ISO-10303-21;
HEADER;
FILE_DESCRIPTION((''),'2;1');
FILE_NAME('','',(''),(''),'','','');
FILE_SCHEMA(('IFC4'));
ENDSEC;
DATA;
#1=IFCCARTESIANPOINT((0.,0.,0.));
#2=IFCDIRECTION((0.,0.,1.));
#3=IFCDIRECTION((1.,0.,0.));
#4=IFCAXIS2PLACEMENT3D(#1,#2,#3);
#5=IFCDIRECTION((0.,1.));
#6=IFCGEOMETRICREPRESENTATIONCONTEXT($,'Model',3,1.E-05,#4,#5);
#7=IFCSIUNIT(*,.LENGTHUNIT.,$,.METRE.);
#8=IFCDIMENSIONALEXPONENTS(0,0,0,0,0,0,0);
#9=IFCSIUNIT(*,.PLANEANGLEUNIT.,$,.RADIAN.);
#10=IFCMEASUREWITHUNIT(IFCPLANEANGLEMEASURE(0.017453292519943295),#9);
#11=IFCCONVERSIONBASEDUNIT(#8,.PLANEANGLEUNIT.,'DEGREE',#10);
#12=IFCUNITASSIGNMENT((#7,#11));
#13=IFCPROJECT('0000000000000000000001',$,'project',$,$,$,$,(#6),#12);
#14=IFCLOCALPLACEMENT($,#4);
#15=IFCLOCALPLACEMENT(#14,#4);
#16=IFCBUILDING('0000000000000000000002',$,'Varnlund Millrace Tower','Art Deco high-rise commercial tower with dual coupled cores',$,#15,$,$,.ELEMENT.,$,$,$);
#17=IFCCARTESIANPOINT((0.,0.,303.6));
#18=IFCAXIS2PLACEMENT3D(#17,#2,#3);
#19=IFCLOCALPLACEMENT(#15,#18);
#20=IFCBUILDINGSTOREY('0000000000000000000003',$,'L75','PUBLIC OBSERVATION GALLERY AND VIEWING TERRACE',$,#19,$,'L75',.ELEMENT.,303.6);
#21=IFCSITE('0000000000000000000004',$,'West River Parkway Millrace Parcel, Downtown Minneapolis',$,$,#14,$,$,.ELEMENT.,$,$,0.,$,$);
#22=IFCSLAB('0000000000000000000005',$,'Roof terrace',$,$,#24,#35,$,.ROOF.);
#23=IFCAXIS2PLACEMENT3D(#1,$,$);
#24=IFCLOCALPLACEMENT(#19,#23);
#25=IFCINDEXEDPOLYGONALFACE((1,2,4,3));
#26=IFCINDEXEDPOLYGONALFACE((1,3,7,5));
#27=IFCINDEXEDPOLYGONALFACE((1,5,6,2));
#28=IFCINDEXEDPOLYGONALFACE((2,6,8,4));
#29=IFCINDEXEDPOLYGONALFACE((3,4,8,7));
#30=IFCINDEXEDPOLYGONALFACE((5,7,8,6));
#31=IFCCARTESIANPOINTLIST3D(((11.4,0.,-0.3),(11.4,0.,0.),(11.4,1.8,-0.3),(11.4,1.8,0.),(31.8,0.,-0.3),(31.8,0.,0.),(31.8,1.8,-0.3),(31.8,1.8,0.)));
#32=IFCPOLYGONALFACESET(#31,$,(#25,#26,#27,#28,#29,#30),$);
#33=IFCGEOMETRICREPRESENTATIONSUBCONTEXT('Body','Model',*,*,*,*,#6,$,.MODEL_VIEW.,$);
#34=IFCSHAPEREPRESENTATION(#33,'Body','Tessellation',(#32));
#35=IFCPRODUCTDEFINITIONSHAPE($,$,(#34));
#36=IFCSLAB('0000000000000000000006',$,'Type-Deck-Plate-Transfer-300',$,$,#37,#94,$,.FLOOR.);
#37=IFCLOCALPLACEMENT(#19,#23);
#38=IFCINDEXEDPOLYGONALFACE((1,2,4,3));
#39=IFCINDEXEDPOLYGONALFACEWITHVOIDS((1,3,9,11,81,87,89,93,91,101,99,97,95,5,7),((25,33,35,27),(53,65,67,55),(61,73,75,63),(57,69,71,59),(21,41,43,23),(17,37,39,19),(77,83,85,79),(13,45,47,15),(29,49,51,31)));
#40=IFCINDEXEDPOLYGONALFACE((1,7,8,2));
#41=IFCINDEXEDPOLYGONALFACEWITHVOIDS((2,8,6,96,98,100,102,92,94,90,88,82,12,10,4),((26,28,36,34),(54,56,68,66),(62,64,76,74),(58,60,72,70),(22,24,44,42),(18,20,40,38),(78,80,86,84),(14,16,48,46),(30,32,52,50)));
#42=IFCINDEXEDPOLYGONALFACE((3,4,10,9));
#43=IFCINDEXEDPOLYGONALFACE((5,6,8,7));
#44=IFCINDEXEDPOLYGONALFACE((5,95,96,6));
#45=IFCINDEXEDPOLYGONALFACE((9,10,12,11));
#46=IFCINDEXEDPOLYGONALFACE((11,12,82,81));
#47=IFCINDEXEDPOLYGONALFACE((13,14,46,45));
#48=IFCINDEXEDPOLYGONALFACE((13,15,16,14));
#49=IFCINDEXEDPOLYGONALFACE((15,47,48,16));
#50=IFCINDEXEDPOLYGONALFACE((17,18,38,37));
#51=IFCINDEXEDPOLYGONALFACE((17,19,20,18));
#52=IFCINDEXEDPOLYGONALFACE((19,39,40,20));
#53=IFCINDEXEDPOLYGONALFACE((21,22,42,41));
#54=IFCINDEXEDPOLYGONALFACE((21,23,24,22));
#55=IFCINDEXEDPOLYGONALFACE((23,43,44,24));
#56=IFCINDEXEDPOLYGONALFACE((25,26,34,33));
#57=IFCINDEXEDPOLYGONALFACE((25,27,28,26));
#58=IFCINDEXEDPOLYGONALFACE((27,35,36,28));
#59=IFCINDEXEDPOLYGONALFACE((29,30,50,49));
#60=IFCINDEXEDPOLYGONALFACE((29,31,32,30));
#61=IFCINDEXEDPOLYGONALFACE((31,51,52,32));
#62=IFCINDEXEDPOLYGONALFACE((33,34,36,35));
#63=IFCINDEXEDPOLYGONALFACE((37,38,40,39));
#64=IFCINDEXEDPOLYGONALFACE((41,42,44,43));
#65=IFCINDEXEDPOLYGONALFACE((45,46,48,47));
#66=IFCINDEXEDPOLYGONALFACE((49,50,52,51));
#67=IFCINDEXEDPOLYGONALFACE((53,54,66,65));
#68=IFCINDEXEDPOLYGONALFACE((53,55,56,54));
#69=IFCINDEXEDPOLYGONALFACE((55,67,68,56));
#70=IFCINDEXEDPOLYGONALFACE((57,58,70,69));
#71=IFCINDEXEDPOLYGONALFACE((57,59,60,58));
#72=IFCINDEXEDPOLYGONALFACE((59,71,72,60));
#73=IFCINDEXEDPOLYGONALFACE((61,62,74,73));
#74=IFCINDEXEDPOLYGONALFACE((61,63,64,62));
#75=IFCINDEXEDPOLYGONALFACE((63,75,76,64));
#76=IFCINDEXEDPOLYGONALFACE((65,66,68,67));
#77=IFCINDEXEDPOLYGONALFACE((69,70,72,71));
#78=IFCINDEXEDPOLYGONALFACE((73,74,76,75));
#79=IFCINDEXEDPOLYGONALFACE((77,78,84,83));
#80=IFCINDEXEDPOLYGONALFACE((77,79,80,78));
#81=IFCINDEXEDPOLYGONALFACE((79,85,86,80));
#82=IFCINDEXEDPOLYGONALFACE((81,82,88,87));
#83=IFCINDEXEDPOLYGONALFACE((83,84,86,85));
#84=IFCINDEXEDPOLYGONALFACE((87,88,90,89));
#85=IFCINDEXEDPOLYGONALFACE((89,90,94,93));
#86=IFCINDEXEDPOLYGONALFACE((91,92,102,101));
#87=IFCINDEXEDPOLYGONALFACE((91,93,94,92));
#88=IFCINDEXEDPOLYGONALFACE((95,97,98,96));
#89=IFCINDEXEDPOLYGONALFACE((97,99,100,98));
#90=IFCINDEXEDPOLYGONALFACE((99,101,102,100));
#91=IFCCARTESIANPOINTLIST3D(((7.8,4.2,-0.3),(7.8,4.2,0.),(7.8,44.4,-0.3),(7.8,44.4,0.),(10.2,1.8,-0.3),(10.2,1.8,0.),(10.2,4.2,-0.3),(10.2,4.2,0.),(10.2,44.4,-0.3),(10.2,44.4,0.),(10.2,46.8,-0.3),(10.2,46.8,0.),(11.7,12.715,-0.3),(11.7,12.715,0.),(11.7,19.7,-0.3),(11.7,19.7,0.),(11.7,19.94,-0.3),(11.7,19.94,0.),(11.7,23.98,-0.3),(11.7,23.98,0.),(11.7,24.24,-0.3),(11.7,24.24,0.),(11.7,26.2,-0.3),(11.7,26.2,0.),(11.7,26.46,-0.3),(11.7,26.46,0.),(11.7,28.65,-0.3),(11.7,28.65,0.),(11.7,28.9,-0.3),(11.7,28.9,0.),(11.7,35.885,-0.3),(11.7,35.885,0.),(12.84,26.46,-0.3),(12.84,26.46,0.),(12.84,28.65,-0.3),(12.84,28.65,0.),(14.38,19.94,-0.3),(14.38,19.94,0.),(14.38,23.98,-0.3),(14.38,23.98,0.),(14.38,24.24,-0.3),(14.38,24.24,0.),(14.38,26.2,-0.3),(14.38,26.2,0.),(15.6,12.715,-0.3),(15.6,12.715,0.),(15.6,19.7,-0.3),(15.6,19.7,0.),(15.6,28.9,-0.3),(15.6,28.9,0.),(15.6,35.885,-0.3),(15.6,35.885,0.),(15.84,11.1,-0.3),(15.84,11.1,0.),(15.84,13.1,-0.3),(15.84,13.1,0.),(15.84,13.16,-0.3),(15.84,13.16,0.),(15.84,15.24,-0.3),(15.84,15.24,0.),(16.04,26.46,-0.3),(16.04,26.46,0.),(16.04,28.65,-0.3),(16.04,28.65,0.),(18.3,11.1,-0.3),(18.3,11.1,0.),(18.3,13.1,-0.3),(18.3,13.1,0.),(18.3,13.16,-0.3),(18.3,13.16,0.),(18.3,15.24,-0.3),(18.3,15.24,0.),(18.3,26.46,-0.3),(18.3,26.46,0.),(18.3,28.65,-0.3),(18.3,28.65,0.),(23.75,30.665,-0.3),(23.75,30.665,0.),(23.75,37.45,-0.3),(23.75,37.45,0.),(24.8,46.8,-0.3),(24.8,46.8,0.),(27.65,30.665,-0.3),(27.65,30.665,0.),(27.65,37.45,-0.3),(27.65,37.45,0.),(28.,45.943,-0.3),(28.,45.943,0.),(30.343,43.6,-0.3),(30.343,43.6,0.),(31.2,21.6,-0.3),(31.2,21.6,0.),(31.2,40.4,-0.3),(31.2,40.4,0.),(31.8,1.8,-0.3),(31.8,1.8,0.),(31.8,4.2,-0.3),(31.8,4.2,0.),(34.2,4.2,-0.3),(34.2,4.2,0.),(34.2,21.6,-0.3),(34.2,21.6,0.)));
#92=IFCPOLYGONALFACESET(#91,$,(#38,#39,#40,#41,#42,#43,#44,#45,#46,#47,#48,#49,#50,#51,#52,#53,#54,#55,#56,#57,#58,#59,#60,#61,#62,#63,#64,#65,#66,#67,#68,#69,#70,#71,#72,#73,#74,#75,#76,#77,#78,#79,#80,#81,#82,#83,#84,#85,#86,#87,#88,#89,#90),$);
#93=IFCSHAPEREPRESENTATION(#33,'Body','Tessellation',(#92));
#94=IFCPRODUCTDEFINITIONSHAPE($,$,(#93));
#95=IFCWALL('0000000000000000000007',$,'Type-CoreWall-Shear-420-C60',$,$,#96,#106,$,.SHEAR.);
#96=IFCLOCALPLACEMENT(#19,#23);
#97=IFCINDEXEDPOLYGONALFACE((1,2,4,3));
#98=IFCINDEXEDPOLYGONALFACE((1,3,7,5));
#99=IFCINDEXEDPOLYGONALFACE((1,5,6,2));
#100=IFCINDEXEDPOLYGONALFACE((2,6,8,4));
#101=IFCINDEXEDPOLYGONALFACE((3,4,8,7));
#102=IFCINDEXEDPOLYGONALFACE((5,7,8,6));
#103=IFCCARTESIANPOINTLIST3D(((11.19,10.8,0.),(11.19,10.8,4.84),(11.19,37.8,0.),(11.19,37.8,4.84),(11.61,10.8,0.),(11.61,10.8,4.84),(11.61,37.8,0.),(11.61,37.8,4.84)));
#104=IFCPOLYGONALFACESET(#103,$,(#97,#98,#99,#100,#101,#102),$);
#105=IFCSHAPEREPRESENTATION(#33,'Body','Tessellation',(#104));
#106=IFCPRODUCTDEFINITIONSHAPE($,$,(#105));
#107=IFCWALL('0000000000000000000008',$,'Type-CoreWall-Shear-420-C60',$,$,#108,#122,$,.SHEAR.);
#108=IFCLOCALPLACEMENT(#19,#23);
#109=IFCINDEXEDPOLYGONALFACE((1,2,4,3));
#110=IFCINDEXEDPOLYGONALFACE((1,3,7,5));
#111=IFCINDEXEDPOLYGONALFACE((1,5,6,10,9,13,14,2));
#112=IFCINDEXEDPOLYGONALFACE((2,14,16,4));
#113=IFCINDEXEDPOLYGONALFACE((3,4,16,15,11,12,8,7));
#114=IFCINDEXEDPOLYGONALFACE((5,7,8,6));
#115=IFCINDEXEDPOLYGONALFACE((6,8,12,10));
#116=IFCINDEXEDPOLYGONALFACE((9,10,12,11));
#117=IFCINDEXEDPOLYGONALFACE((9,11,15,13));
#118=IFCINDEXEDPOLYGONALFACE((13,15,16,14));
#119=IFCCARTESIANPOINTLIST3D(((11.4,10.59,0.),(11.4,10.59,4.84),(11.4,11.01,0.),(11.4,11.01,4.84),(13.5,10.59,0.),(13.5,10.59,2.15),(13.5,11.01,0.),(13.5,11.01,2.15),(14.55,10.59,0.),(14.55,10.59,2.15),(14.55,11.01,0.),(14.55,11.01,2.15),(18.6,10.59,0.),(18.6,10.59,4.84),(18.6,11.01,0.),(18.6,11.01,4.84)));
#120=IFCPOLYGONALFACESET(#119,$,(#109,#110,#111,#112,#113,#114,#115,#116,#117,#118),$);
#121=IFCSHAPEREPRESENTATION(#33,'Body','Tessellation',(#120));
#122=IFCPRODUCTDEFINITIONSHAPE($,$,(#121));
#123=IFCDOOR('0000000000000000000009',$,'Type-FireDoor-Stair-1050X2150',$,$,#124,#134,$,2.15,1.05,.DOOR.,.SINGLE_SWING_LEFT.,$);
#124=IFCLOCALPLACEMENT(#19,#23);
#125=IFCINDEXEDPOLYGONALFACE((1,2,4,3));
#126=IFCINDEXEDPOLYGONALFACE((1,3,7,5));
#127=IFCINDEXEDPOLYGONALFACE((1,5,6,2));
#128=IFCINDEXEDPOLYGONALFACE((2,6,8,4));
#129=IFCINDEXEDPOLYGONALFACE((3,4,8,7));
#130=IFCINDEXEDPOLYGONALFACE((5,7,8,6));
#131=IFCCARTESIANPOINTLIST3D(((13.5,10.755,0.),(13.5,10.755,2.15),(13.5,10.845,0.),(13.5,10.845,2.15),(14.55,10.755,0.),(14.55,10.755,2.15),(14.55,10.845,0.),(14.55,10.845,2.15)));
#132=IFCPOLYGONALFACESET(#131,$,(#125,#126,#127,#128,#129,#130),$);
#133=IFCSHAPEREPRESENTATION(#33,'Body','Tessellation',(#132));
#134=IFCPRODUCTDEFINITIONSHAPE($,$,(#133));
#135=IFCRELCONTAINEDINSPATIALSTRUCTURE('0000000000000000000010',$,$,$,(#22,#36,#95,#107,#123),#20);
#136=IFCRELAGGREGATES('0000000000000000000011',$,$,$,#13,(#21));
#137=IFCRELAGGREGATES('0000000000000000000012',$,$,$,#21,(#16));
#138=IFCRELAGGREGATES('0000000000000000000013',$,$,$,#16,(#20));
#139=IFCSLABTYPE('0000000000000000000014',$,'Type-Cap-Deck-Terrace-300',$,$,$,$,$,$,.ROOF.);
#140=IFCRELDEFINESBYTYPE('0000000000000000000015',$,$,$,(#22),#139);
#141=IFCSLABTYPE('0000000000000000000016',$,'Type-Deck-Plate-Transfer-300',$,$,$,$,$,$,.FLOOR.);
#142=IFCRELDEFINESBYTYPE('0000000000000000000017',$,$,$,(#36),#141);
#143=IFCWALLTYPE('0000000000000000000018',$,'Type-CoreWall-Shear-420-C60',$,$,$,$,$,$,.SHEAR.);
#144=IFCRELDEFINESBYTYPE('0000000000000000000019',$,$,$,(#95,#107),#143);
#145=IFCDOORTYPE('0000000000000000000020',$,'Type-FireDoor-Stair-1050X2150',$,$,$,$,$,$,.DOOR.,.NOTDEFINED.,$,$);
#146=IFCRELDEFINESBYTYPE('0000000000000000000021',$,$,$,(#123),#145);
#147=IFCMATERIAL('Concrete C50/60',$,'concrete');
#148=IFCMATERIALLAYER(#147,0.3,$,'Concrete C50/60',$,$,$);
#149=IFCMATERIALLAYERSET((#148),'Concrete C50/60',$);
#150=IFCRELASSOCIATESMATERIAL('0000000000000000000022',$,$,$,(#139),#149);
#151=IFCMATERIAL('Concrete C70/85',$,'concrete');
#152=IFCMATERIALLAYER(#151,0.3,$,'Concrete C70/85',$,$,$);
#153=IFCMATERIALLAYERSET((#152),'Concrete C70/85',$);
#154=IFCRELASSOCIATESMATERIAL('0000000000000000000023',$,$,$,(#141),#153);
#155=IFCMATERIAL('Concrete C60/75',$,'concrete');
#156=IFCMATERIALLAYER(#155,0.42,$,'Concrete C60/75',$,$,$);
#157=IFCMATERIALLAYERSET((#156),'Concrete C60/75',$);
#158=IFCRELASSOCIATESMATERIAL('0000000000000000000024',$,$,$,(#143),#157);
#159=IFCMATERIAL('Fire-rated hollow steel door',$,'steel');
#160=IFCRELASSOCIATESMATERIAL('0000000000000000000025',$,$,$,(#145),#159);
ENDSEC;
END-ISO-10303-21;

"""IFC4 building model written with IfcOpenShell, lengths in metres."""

from ifc_helpers import new_model, entity, si_unit, converted_unit, direction, frame, origin_with_axes, origin_2d_with_axis, place, context, subcontext, project, spatial, polyline, rectangle, outline, extrude, material, layer, layer_set, type_object, element, fill, save


model = new_model("IFC4")

# Units and contexts
model_context = context("Model", 3, precision=1e-05, world=origin_with_axes(), true_north=direction((0.0, 1.0)))
body_context = subcontext(model_context, "Body", "Model", "MODEL_VIEW")
ifc_project = project(units=[si_unit("LENGTHUNIT", "METRE"), converted_unit("PLANEANGLEUNIT", "DEGREE", entity("IfcPlaneAngleMeasure", 0.017453292519943295), si_unit("PLANEANGLEUNIT", "RADIAN"), dimensions=[0, 0, 0, 0, 0, 0, 0])], contexts=[model_context])

# Site, building, storey
site_placement = place(None, origin_with_axes())
site = spatial("IfcSite", under=ifc_project, at=site_placement, Name="West River Parkway Millrace Parcel, Downtown Minneapolis", CompositionType="ELEMENT", RefElevation=0.0)
building_placement = place(site_placement, origin_with_axes())
building = spatial("IfcBuilding", under=site, at=building_placement, Name="Varnlund Millrace Tower", Description="Art Deco high-rise commercial tower with dual coupled cores", CompositionType="ELEMENT")
storey_placement = place(building_placement, frame((0.0, 0.0, 303.6), z_axis=(0.0, 0.0, 1.0), x_axis=(1.0, 0.0, 0.0)))
storey = spatial("IfcBuildingStorey", under=building, at=storey_placement, Name="L75", Description="PUBLIC OBSERVATION GALLERY AND VIEWING TERRACE", LongName="L75", CompositionType="ELEMENT", Elevation=303.6)

# Slabs
ifc_material_1 = material(Name="Concrete C50/60", Category="concrete")
ifc_layer_1 = layer(ifc_material_1, 0.3, Name="Concrete C50/60")
ifc_layer_set_1 = layer_set([ifc_layer_1], Name="Concrete C50/60")
slab_type_1 = type_object("IfcSlabType", Name="Type-Cap-Deck-Terrace-300", PredefinedType="ROOF", material=ifc_layer_set_1)
slab_1_placement = place(storey_placement, frame((0.0, 0.0, -0.3), z_axis=(0.0, 0.0, 1.0), x_axis=(1.0, 0.0, 0.0)))
element("IfcSlab", 1, at=slab_1_placement, inside=storey, type_object=slab_type_1, Name="Roof terrace", PredefinedType="ROOF", context=body_context, shape_type="SweptSolid", body=[
    extrude(outline(polyline([(31.8, 0.0), (31.8, 1.8), (11.4, 1.8), (11.4, 0.0), (31.8, 0.0)])), origin_with_axes(), (0.0, 0.0, 1.0), 0.3),
])
ifc_material_2 = material(Name="Concrete C70/85", Category="concrete")
ifc_layer_2 = layer(ifc_material_2, 0.3, Name="Concrete C70/85")
ifc_layer_set_2 = layer_set([ifc_layer_2], Name="Concrete C70/85")
slab_type_2 = type_object("IfcSlabType", Name="Type-Deck-Plate-Transfer-300", PredefinedType="FLOOR", material=ifc_layer_set_2)
slab_2_placement = place(storey_placement, frame((0.0, 0.0, -0.3), z_axis=(0.0, 0.0, 1.0), x_axis=(1.0, 0.0, 0.0)))
element("IfcSlab", 2, at=slab_2_placement, inside=storey, type_object=slab_type_2, Name="Type-Deck-Plate-Transfer-300", PredefinedType="FLOOR", context=body_context, shape_type="SweptSolid", body=[
    extrude(outline(polyline([(34.2, 21.6), (31.2, 21.6), (31.2, 40.4), (30.343, 43.6), (28.0, 45.943), (24.8, 46.8), (10.2, 46.8), (10.2, 44.4), (7.8, 44.4), (7.8, 4.2), (10.2, 4.2), (10.2, 1.8), (31.8, 1.8), (31.8, 4.2), (34.2, 4.2), (34.2, 21.6)]), holes=[polyline([(18.3, 13.1), (18.3, 11.1), (15.84, 11.1), (15.84, 13.1), (18.3, 13.1)]), polyline([(18.3, 15.24), (18.3, 13.16), (15.84, 13.16), (15.84, 15.24), (18.3, 15.24)]), polyline([(15.6, 19.7), (15.6, 12.715), (11.7, 12.715), (11.7, 19.7), (15.6, 19.7)]), polyline([(11.7, 23.98), (14.38, 23.98), (14.38, 19.94), (11.7, 19.94), (11.7, 23.98)]), polyline([(14.38, 26.2), (14.38, 24.24), (11.7, 24.24), (11.7, 26.2), (14.38, 26.2)]), polyline([(12.84, 28.65), (12.84, 26.46), (11.7, 26.46), (11.7, 28.65), (12.84, 28.65)]), polyline([(18.3, 28.65), (18.3, 26.46), (16.04, 26.46), (16.04, 28.65), (18.3, 28.65)]), polyline([(15.6, 28.9), (11.7, 28.9), (11.7, 35.885), (15.6, 35.885), (15.6, 28.9)]), polyline([(27.65, 30.665), (23.75, 30.665), (23.75, 37.45), (27.65, 37.45), (27.65, 30.665)])]), origin_with_axes(), (0.0, 0.0, 1.0), 0.3),
])

# Wall
ifc_material_3 = material(Name="Concrete C60/75", Category="concrete")
ifc_layer_3 = layer(ifc_material_3, 0.42, Name="Concrete C60/75")
ifc_layer_set_3 = layer_set([ifc_layer_3], Name="Concrete C60/75")
wall_type_1 = type_object("IfcWallType", Name="Type-CoreWall-Shear-420-C60", PredefinedType="SHEAR", material=ifc_layer_set_3)
wall_1_placement = place(storey_placement, frame((11.4, 10.8, 0.0), z_axis=(0.0, 0.0, 1.0), x_axis=(0.0, 1.0, 0.0)))
element("IfcWall", 3, at=wall_1_placement, inside=storey, type_object=wall_type_1, Name="Type-CoreWall-Shear-420-C60", PredefinedType="SHEAR", context=body_context, shape_type="SweptSolid", body=[
    extrude(outline(polyline([(0.0, -0.21), (27.0, -0.21), (27.0, 0.21), (0.0, 0.21), (0.0, -0.21)])), origin_with_axes(), (0.0, 0.0, 1.0), 4.84),
])

# Wall, opening, door
wall_2_placement = place(storey_placement, frame((11.4, 10.8, 0.0), z_axis=(0.0, 0.0, 1.0), x_axis=(1.0, 0.0, 0.0)))
wall_2 = element("IfcWall", 4, at=wall_2_placement, inside=storey, type_object=wall_type_1, Name="Type-CoreWall-Shear-420-C60", PredefinedType="SHEAR", context=body_context, shape_type="SweptSolid", body=[
    extrude(outline(polyline([(0.0, -0.21), (7.2, -0.21), (7.2, 0.21), (0.0, 0.21), (0.0, -0.21)])), origin_with_axes(), (0.0, 0.0, 1.0), 4.84),
])
opening_1_placement = place(wall_2_placement, frame((2.625, 0.0, 0.0), z_axis=(0.0, 0.0, 1.0), x_axis=(1.0, 0.0, 0.0)))
opening_1 = element("IfcOpeningElement", 5, at=opening_1_placement, cuts=wall_2, PredefinedType="OPENING", context=body_context, shape_type="SweptSolid", body=[
    extrude(rectangle(XDim=1.05, YDim=0.44, at=origin_2d_with_axis()), origin_with_axes(), (0.0, 0.0, 1.0), 2.15),
])
ifc_material_4 = material(Name="Fire-rated hollow steel door", Category="steel")
door_type_1 = type_object("IfcDoorType", Name="Type-FireDoor-Stair-1050X2150", OperationType="NOTDEFINED", PredefinedType="DOOR", material=ifc_material_4)
door_1_placement = place(wall_2_placement, frame((2.625, 0.0, 0.0), z_axis=(0.0, 0.0, 1.0), x_axis=(1.0, 0.0, 0.0)))
door_1 = element("IfcDoor", 6, at=door_1_placement, inside=storey, type_object=door_type_1, Name="Type-FireDoor-Stair-1050X2150", OperationType="SINGLE_SWING_LEFT", OverallHeight=2.15, OverallWidth=1.05, PredefinedType="DOOR", context=body_context, shape_type="SweptSolid", body=[
    extrude(rectangle(XDim=1.05, YDim=0.09, at=origin_2d_with_axis()), origin_with_axes(), (0.0, 0.0, 1.0), 2.15),
])
fill(opening_1, door_1)

save(model, "model.ifc")
